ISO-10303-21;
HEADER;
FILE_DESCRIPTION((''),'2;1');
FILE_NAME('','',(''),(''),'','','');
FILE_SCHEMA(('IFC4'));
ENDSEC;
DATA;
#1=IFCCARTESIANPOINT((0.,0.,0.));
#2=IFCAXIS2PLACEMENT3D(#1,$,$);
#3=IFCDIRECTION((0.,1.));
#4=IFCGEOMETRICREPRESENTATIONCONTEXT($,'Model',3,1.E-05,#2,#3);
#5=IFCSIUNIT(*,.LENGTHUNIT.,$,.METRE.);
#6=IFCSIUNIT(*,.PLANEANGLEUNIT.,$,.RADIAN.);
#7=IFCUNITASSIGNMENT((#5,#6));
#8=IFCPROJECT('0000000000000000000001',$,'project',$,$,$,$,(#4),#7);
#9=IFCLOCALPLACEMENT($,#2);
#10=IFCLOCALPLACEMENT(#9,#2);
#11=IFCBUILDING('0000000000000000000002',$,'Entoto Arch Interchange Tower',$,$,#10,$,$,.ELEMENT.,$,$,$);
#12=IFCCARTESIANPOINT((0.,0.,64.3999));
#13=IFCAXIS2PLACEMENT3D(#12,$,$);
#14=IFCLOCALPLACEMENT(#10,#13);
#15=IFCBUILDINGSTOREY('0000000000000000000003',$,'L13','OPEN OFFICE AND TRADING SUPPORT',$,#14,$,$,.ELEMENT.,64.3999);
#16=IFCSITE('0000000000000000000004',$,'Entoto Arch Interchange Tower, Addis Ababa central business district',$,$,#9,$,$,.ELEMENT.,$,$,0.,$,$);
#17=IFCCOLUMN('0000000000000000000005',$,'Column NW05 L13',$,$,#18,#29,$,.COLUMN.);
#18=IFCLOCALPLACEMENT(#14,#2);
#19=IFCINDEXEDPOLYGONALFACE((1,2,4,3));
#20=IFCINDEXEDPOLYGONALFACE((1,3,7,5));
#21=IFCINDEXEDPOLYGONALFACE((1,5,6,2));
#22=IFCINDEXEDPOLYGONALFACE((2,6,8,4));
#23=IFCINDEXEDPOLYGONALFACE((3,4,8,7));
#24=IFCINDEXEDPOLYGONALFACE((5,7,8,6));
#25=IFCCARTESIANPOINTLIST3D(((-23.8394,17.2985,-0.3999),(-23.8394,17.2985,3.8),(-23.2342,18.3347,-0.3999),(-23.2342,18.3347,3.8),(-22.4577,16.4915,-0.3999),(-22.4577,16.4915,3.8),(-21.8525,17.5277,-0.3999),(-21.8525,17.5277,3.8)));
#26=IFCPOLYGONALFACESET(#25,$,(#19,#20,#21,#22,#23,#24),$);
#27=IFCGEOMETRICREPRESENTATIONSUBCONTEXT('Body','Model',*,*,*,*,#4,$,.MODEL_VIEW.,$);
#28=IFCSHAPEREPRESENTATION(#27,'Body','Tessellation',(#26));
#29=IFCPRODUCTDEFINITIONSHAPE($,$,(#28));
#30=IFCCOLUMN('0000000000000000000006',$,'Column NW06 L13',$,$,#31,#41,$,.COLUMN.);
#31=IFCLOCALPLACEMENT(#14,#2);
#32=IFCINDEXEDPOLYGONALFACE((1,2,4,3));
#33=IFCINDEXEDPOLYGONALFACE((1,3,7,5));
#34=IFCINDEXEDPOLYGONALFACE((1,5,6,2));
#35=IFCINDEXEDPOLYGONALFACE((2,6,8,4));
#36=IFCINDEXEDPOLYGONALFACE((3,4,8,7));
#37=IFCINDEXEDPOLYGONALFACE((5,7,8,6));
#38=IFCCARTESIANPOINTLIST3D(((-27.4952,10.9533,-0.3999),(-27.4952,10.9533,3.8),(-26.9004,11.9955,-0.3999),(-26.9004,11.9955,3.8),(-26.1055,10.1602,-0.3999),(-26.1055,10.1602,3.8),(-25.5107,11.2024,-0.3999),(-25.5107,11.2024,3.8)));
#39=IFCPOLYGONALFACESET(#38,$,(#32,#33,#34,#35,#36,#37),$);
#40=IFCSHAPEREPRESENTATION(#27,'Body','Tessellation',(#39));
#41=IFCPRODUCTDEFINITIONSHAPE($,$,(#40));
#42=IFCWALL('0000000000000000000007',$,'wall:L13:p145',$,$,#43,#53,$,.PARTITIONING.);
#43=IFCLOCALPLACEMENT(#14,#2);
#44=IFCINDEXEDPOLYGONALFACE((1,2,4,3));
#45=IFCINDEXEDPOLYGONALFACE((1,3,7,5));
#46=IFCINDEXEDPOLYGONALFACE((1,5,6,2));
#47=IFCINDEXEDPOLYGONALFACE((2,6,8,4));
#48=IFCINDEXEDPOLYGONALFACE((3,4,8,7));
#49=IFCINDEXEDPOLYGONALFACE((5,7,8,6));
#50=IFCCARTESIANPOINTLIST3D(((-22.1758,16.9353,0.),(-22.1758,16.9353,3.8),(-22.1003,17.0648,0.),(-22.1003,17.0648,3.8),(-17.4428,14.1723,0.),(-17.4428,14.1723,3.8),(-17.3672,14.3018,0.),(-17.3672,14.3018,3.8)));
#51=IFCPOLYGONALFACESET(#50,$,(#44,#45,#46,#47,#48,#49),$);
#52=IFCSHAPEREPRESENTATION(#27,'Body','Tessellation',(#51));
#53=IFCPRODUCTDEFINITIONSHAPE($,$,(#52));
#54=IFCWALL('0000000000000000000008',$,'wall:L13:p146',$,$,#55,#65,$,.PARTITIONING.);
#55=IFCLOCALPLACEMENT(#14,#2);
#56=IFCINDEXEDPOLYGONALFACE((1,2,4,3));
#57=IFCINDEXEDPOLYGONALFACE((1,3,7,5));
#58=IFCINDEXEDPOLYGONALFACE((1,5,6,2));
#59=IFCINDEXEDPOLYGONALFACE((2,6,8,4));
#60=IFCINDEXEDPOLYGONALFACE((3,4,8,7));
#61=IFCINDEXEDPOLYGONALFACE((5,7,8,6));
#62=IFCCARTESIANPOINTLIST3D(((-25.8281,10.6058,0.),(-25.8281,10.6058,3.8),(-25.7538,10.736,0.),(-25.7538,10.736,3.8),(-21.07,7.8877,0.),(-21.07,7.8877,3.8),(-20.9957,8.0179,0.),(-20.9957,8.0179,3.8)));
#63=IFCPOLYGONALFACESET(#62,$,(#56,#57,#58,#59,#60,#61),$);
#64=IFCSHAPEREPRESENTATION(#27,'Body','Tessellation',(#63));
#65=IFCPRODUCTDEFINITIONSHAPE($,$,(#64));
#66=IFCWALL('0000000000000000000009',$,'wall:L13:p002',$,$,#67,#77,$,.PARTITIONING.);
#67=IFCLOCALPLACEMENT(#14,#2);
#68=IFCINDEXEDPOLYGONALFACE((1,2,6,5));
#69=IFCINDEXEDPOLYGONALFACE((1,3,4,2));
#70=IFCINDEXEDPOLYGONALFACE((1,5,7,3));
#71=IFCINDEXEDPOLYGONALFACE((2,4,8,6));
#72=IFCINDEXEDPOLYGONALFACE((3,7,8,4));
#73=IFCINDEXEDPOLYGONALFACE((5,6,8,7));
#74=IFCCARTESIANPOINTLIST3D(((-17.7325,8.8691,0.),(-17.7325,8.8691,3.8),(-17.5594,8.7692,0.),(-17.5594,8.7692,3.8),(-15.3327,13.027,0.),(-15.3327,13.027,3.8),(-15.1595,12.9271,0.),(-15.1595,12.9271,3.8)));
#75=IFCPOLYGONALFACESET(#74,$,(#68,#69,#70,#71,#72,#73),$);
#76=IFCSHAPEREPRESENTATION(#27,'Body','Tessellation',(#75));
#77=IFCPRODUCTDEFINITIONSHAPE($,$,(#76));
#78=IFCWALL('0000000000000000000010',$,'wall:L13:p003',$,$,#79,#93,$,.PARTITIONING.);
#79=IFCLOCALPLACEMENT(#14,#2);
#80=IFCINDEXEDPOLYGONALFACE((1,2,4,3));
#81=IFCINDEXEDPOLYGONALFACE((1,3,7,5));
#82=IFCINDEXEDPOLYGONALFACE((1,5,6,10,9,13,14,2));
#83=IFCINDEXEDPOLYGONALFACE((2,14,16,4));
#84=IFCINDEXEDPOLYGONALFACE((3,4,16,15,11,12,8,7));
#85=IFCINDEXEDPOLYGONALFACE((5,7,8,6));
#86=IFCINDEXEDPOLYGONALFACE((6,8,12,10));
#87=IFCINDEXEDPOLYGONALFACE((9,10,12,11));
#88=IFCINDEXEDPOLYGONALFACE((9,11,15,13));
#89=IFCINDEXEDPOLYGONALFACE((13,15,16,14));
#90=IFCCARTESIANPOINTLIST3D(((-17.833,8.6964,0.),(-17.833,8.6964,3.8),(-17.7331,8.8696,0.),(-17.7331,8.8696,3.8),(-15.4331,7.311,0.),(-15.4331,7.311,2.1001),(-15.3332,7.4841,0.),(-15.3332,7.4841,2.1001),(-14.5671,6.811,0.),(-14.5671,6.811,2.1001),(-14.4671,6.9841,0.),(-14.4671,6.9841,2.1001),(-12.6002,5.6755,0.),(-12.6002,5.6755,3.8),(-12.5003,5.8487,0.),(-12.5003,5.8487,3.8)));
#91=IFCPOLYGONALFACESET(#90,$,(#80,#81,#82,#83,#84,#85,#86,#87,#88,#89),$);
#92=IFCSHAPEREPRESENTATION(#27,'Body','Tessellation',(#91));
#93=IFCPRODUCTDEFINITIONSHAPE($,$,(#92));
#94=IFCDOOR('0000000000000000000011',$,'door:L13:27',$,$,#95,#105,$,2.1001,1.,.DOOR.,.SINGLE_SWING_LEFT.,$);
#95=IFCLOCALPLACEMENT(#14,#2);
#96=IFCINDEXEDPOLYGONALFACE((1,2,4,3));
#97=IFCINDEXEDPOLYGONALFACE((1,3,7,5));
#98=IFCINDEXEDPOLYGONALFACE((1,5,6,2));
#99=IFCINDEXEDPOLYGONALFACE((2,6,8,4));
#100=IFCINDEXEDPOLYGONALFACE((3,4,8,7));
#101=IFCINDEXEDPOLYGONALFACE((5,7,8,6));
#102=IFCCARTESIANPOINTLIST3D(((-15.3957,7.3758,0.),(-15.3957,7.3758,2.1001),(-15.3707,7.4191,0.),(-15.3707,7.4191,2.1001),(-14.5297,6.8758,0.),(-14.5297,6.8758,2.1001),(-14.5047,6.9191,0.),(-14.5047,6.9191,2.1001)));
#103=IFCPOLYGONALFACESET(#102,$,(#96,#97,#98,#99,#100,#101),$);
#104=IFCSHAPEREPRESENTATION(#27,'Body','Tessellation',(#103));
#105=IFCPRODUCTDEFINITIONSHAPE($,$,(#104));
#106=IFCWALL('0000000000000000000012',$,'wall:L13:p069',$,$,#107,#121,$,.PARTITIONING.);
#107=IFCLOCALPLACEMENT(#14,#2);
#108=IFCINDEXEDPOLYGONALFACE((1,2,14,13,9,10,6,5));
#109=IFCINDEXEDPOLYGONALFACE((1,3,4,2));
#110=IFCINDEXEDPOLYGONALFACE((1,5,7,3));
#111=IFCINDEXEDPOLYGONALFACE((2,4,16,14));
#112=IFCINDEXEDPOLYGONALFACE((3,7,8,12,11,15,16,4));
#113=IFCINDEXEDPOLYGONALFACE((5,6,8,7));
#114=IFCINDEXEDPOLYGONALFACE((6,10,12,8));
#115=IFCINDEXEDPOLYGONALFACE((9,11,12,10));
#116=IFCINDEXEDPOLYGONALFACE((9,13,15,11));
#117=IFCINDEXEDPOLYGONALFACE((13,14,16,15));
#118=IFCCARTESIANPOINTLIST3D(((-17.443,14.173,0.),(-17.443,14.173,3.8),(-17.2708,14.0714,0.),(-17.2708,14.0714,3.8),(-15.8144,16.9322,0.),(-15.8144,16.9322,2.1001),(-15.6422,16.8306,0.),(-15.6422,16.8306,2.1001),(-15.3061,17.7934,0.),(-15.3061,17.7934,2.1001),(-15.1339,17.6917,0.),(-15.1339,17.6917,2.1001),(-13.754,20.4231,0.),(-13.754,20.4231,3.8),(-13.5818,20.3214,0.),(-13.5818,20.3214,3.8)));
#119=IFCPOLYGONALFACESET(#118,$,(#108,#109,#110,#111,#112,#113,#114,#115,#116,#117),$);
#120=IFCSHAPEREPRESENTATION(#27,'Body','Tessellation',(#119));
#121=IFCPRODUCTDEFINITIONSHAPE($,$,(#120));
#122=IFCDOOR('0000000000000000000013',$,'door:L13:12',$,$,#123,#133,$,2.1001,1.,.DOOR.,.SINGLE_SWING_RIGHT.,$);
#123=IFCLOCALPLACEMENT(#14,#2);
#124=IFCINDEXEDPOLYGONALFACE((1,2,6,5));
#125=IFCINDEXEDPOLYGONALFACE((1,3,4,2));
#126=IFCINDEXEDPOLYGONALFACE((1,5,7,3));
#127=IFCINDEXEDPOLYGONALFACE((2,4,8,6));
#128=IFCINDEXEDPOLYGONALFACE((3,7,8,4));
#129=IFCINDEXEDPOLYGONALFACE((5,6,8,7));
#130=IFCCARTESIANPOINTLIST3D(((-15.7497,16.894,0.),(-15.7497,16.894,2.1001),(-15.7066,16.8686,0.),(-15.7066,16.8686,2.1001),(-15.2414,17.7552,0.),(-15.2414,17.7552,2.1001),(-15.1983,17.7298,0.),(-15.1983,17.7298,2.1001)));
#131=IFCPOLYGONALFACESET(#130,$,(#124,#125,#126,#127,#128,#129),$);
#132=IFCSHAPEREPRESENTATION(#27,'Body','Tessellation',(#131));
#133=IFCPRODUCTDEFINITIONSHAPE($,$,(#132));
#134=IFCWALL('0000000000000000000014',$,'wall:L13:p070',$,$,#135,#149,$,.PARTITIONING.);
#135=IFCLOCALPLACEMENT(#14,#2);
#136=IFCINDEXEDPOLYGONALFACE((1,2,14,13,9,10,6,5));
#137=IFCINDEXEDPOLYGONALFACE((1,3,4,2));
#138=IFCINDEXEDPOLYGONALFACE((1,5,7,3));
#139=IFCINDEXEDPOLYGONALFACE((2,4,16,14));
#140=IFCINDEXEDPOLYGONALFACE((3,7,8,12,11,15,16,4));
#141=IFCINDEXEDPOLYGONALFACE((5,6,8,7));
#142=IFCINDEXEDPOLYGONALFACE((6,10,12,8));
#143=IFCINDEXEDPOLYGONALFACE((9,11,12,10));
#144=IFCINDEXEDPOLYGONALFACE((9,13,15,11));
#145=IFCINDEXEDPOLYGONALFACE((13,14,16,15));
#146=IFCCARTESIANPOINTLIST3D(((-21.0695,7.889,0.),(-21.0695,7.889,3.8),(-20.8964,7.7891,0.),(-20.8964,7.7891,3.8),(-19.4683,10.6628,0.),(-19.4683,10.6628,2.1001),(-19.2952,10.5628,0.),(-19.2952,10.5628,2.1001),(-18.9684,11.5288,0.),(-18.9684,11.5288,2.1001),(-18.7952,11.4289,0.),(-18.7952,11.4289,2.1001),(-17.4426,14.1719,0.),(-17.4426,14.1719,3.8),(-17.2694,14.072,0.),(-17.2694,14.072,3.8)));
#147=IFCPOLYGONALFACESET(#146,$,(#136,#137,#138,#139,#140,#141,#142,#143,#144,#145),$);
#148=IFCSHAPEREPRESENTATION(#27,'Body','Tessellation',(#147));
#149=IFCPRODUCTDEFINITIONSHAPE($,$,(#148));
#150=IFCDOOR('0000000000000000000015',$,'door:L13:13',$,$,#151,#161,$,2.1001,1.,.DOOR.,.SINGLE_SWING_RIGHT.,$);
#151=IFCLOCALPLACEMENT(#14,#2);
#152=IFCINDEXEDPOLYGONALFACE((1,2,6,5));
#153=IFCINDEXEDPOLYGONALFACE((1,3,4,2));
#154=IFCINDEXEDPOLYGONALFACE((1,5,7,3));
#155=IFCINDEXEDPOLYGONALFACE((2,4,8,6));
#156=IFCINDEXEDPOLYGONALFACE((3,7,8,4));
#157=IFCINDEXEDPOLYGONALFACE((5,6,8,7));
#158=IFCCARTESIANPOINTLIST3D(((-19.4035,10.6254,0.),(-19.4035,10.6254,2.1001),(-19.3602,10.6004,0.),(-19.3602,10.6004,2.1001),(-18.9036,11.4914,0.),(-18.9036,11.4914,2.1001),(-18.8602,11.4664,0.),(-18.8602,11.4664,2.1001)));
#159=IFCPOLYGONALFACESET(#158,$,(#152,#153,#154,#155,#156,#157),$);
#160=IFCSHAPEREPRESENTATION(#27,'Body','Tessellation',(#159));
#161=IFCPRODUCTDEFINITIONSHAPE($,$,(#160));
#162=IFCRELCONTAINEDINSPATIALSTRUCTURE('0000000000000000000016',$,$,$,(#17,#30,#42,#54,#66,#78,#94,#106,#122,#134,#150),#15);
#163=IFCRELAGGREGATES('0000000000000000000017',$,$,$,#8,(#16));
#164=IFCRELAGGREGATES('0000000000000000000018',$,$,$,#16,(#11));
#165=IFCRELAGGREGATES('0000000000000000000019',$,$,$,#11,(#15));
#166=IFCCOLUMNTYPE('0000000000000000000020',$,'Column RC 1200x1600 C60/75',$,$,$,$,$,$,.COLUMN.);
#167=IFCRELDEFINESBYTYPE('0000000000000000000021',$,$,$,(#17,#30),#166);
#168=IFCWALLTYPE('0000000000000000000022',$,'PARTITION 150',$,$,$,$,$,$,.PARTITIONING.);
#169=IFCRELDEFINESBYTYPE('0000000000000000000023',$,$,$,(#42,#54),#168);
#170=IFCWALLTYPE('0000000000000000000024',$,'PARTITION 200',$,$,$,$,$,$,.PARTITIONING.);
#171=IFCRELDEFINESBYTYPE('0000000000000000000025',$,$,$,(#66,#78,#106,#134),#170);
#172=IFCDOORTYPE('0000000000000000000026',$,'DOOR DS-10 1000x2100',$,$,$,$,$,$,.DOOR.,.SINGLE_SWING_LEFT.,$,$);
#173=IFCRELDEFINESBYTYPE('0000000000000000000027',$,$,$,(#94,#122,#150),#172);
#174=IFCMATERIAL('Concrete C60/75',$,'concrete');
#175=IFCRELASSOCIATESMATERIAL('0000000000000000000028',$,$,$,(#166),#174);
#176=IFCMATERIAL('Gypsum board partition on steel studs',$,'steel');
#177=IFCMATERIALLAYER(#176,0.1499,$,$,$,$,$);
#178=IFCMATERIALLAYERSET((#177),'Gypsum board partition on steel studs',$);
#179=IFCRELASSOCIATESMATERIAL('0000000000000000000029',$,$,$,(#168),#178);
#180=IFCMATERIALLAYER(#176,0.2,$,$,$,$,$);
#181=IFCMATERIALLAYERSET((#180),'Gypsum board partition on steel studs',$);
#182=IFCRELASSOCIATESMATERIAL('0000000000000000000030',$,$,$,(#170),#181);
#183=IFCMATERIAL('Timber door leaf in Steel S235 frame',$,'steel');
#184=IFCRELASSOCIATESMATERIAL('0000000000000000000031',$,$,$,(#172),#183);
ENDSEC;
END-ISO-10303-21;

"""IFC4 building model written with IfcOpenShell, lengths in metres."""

from ifc_helpers import new_model, si_unit, direction, frame, frame_2d, origin, origin_2d, place, context, subcontext, project, spatial, rectangle, extrude, material, layer, layer_set, material_profile, profile_set, type_object, element, fill, save


model = new_model("IFC4")

# Units and contexts
model_context = context("Model", 3, precision=1e-05, world=origin(), true_north=direction((0.0, 1.0)))
body_context = subcontext(model_context, "Body", "Model", "MODEL_VIEW")
ifc_project = project(units=[si_unit("LENGTHUNIT", "METRE"), si_unit("PLANEANGLEUNIT", "RADIAN")], contexts=[model_context])

# Site, building, storey
site_placement = place(None, origin())
site = spatial("IfcSite", under=ifc_project, at=site_placement, Name="Entoto Arch Interchange Tower, Addis Ababa central business district", CompositionType="ELEMENT", RefElevation=0.0)
building_placement = place(site_placement, origin())
building = spatial("IfcBuilding", under=site, at=building_placement, Name="Entoto Arch Interchange Tower", CompositionType="ELEMENT")
storey_placement = place(building_placement, frame((0.0, 0.0, 64.3999)))
storey = spatial("IfcBuildingStorey", under=building, at=storey_placement, Name="L13", Description="OPEN OFFICE AND TRADING SUPPORT", CompositionType="ELEMENT", Elevation=64.3999)

# Columns
ifc_material_1 = material(Name="Concrete C60/75", Category="concrete")
ifc_material_profile = material_profile(ifc_material_1, rectangle(XDim=1.2, YDim=1.6001, at=origin_2d()))
ifc_profile_set = profile_set([ifc_material_profile], Name="Concrete C60/75")
column_type = type_object("IfcColumnType", Name="Column RC 1200x1600 C60/75", PredefinedType="COLUMN", material=ifc_profile_set)
for number, where, z_axis, x_axis, name in (
    (1, (-22.8459, 17.4131, -0.3999), (0.0, 0.0, 1.0), (0.504332, 0.86351, 0.0), "Column NW05 L13"),
    (2, (-26.5029, 11.0779, -0.3999), (0.0, 0.0, 1.0), (0.495656, 0.868519, 0.0), "Column NW06 L13"),
):
    element("IfcColumn", number, at=place(storey_placement, frame(where, z_axis=z_axis, x_axis=x_axis)), inside=storey, type_object=column_type, Name=name, PredefinedType="COLUMN", context=body_context, shape_type="SweptSolid", body=[
        extrude(rectangle(XDim=1.2, YDim=1.6001, at=origin_2d()), origin(), (0.0, 0.0, 1.0), 4.2),
    ])

# Walls
ifc_material_2 = material(Name="Gypsum board partition on steel studs", Category="steel")
ifc_layer_1 = layer(ifc_material_2, 0.1499)
ifc_layer_set_1 = layer_set([ifc_layer_1], Name="Gypsum board partition on steel studs")
wall_type_1 = type_object("IfcWallType", Name="PARTITION 150", PredefinedType="PARTITIONING", material=ifc_layer_set_1)
wall_1_placement = place(storey_placement, frame((-17.405, 14.2371, 0.0), z_axis=(0.0, 0.0, 1.0), x_axis=(-0.863614, 0.504154, 0.0)))
element("IfcWall", 3, at=wall_1_placement, inside=storey, type_object=wall_type_1, Name="wall:L13:p145", PredefinedType="PARTITIONING", context=body_context, shape_type="SweptSolid", body=[
    extrude(rectangle(XDim=5.4805, YDim=0.1499, at=frame_2d((2.7402, 0.0))), origin(), (0.0, 0.0, 1.0), 3.8),
])
wall_2_placement = place(storey_placement, frame((-21.033, 7.9529, 0.0), z_axis=(0.0, 0.0, 1.0), x_axis=(-0.868312, 0.496019, 0.0)))
element("IfcWall", 4, at=wall_2_placement, inside=storey, type_object=wall_type_1, Name="wall:L13:p146", PredefinedType="PARTITIONING", context=body_context, shape_type="SweptSolid", body=[
    extrude(rectangle(XDim=5.4797, YDim=0.1499, at=frame_2d((2.7397, 0.0))), origin(), (0.0, 0.0, 1.0), 3.8),
])
ifc_layer_2 = layer(ifc_material_2, 0.2)
ifc_layer_set_2 = layer_set([ifc_layer_2], Name="Gypsum board partition on steel studs")
wall_type_2 = type_object("IfcWallType", Name="PARTITION 200", PredefinedType="PARTITIONING", material=ifc_layer_set_2)
wall_3_placement = place(storey_placement, frame((-15.2461, 12.9771, 0.0), z_axis=(0.0, 0.0, 1.0), x_axis=(-0.499891, -0.866088, 0.0)))
element("IfcWall", 5, at=wall_3_placement, inside=storey, type_object=wall_type_2, Name="wall:L13:p002", PredefinedType="PARTITIONING", context=body_context, shape_type="SweptSolid", body=[
    extrude(rectangle(XDim=4.8008, YDim=0.2, at=frame_2d((2.4004, 0.0))), origin(), (0.0, 0.0, 1.0), 3.8),
])

# Walls, openings, doors
wall_4_placement = place(storey_placement, frame((-17.783, 8.783, 0.0), z_axis=(0.0, 0.0, 1.0), x_axis=(0.866042, -0.499972, 0.0)))
wall_4 = element("IfcWall", 6, at=wall_4_placement, inside=storey, type_object=wall_type_2, Name="wall:L13:p003", PredefinedType="PARTITIONING", context=body_context, shape_type="SweptSolid", body=[
    extrude(rectangle(XDim=6.0422, YDim=0.2, at=frame_2d((3.021, 0.0))), origin(), (0.0, 0.0, 1.0), 3.8),
])
opening_1_placement = place(wall_4_placement, frame((2.771, 0.0, 0.0)))
opening_1 = element("IfcOpeningElement", 7, at=opening_1_placement, cuts=wall_4, PredefinedType="OPENING", context=body_context, shape_type="SweptSolid", body=[
    extrude(rectangle(XDim=1.0, YDim=2.1001, at=frame_2d((0.5, 1.05))), frame((0.0, 0.1099, 0.0), z_axis=(0.0, -1.0, 0.0), x_axis=(1.0, 0.0, 0.0)), (0.0, 0.0, 1.0), 0.22),
])
ifc_material_3 = material(Name="Timber door leaf in Steel S235 frame", Category="steel")
door_type = type_object("IfcDoorType", Name="DOOR DS-10 1000x2100", OperationType="SINGLE_SWING_LEFT", PredefinedType="DOOR", material=ifc_material_3)
door_1_placement = place(opening_1_placement, origin())
door_1 = element("IfcDoor", 8, at=door_1_placement, inside=storey, type_object=door_type, Name="door:L13:27", OperationType="SINGLE_SWING_LEFT", OverallHeight=2.1001, OverallWidth=1.0, PredefinedType="DOOR", context=body_context, shape_type="SweptSolid", body=[
    extrude(rectangle(XDim=1.0, YDim=2.1001, at=frame_2d((0.5, 1.05))), frame((0.0, 0.0249, 0.0), z_axis=(0.0, -1.0, 0.0), x_axis=(1.0, 0.0, 0.0)), (0.0, 0.0, 1.0), 0.05),
])
fill(opening_1, door_1)
wall_5_placement = place(storey_placement, frame((-17.3569, 14.1221, 0.0), z_axis=(0.0, 0.0, 1.0), x_axis=(0.508299, 0.861181, 0.0)))
wall_5 = element("IfcWall", 9, at=wall_5_placement, inside=storey, type_object=wall_type_2, Name="wall:L13:p069", PredefinedType="PARTITIONING", context=body_context, shape_type="SweptSolid", body=[
    extrude(rectangle(XDim=7.2576, YDim=0.2, at=frame_2d((3.6289, 0.0))), origin(), (0.0, 0.0, 1.0), 3.8),
])
opening_2_placement = place(wall_5_placement, frame((3.2041, 0.0, 0.0)))
opening_2 = element("IfcOpeningElement", 10, at=opening_2_placement, cuts=wall_5, PredefinedType="OPENING", context=body_context, shape_type="SweptSolid", body=[
    extrude(rectangle(XDim=1.0, YDim=2.1001, at=frame_2d((0.5, 1.05))), frame((0.0, 0.1099, 0.0), z_axis=(0.0, -1.0, 0.0), x_axis=(1.0, 0.0, 0.0)), (0.0, 0.0, 1.0), 0.22),
])
door_2_placement = place(opening_2_placement, origin())
door_2 = element("IfcDoor", 11, at=door_2_placement, inside=storey, type_object=door_type, Name="door:L13:12", OperationType="SINGLE_SWING_RIGHT", OverallHeight=2.1001, OverallWidth=1.0, PredefinedType="DOOR", context=body_context, shape_type="SweptSolid", body=[
    extrude(rectangle(XDim=1.0, YDim=2.1001, at=frame_2d((0.5, 1.05))), frame((0.0, 0.0249, 0.0), z_axis=(0.0, -1.0, 0.0), x_axis=(1.0, 0.0, 0.0)), (0.0, 0.0, 1.0), 0.05),
])
fill(opening_2, door_2)
wall_6_placement = place(storey_placement, frame((-17.356, 14.1221, 0.0), z_axis=(0.0, 0.0, 1.0), x_axis=(-0.499947, -0.866056, 0.0)))
wall_6 = element("IfcWall", 12, at=wall_6_placement, inside=storey, type_object=wall_type_2, Name="wall:L13:p070", PredefinedType="PARTITIONING", context=body_context, shape_type="SweptSolid", body=[
    extrude(rectangle(XDim=7.2546, YDim=0.2, at=frame_2d((3.6274, 0.0))), origin(), (0.0, 0.0, 1.0), 3.8),
])
opening_3_placement = place(wall_6_placement, frame((3.052, 0.0, 0.0)))
opening_3 = element("IfcOpeningElement", 13, at=opening_3_placement, cuts=wall_6, PredefinedType="OPENING", context=body_context, shape_type="SweptSolid", body=[
    extrude(rectangle(XDim=1.0, YDim=2.1001, at=frame_2d((0.5, 1.05))), frame((0.0, 0.1099, 0.0), z_axis=(0.0, -1.0, 0.0), x_axis=(1.0, 0.0, 0.0)), (0.0, 0.0, 1.0), 0.22),
])
door_3_placement = place(opening_3_placement, origin())
door_3 = element("IfcDoor", 14, at=door_3_placement, inside=storey, type_object=door_type, Name="door:L13:13", OperationType="SINGLE_SWING_RIGHT", OverallHeight=2.1001, OverallWidth=1.0, PredefinedType="DOOR", context=body_context, shape_type="SweptSolid", body=[
    extrude(rectangle(XDim=1.0, YDim=2.1001, at=frame_2d((0.5, 1.05))), frame((0.0, 0.0249, 0.0), z_axis=(0.0, -1.0, 0.0), x_axis=(1.0, 0.0, 0.0)), (0.0, 0.0, 1.0), 0.05),
])
fill(opening_3, door_3)

save(model, "model.ifc")
